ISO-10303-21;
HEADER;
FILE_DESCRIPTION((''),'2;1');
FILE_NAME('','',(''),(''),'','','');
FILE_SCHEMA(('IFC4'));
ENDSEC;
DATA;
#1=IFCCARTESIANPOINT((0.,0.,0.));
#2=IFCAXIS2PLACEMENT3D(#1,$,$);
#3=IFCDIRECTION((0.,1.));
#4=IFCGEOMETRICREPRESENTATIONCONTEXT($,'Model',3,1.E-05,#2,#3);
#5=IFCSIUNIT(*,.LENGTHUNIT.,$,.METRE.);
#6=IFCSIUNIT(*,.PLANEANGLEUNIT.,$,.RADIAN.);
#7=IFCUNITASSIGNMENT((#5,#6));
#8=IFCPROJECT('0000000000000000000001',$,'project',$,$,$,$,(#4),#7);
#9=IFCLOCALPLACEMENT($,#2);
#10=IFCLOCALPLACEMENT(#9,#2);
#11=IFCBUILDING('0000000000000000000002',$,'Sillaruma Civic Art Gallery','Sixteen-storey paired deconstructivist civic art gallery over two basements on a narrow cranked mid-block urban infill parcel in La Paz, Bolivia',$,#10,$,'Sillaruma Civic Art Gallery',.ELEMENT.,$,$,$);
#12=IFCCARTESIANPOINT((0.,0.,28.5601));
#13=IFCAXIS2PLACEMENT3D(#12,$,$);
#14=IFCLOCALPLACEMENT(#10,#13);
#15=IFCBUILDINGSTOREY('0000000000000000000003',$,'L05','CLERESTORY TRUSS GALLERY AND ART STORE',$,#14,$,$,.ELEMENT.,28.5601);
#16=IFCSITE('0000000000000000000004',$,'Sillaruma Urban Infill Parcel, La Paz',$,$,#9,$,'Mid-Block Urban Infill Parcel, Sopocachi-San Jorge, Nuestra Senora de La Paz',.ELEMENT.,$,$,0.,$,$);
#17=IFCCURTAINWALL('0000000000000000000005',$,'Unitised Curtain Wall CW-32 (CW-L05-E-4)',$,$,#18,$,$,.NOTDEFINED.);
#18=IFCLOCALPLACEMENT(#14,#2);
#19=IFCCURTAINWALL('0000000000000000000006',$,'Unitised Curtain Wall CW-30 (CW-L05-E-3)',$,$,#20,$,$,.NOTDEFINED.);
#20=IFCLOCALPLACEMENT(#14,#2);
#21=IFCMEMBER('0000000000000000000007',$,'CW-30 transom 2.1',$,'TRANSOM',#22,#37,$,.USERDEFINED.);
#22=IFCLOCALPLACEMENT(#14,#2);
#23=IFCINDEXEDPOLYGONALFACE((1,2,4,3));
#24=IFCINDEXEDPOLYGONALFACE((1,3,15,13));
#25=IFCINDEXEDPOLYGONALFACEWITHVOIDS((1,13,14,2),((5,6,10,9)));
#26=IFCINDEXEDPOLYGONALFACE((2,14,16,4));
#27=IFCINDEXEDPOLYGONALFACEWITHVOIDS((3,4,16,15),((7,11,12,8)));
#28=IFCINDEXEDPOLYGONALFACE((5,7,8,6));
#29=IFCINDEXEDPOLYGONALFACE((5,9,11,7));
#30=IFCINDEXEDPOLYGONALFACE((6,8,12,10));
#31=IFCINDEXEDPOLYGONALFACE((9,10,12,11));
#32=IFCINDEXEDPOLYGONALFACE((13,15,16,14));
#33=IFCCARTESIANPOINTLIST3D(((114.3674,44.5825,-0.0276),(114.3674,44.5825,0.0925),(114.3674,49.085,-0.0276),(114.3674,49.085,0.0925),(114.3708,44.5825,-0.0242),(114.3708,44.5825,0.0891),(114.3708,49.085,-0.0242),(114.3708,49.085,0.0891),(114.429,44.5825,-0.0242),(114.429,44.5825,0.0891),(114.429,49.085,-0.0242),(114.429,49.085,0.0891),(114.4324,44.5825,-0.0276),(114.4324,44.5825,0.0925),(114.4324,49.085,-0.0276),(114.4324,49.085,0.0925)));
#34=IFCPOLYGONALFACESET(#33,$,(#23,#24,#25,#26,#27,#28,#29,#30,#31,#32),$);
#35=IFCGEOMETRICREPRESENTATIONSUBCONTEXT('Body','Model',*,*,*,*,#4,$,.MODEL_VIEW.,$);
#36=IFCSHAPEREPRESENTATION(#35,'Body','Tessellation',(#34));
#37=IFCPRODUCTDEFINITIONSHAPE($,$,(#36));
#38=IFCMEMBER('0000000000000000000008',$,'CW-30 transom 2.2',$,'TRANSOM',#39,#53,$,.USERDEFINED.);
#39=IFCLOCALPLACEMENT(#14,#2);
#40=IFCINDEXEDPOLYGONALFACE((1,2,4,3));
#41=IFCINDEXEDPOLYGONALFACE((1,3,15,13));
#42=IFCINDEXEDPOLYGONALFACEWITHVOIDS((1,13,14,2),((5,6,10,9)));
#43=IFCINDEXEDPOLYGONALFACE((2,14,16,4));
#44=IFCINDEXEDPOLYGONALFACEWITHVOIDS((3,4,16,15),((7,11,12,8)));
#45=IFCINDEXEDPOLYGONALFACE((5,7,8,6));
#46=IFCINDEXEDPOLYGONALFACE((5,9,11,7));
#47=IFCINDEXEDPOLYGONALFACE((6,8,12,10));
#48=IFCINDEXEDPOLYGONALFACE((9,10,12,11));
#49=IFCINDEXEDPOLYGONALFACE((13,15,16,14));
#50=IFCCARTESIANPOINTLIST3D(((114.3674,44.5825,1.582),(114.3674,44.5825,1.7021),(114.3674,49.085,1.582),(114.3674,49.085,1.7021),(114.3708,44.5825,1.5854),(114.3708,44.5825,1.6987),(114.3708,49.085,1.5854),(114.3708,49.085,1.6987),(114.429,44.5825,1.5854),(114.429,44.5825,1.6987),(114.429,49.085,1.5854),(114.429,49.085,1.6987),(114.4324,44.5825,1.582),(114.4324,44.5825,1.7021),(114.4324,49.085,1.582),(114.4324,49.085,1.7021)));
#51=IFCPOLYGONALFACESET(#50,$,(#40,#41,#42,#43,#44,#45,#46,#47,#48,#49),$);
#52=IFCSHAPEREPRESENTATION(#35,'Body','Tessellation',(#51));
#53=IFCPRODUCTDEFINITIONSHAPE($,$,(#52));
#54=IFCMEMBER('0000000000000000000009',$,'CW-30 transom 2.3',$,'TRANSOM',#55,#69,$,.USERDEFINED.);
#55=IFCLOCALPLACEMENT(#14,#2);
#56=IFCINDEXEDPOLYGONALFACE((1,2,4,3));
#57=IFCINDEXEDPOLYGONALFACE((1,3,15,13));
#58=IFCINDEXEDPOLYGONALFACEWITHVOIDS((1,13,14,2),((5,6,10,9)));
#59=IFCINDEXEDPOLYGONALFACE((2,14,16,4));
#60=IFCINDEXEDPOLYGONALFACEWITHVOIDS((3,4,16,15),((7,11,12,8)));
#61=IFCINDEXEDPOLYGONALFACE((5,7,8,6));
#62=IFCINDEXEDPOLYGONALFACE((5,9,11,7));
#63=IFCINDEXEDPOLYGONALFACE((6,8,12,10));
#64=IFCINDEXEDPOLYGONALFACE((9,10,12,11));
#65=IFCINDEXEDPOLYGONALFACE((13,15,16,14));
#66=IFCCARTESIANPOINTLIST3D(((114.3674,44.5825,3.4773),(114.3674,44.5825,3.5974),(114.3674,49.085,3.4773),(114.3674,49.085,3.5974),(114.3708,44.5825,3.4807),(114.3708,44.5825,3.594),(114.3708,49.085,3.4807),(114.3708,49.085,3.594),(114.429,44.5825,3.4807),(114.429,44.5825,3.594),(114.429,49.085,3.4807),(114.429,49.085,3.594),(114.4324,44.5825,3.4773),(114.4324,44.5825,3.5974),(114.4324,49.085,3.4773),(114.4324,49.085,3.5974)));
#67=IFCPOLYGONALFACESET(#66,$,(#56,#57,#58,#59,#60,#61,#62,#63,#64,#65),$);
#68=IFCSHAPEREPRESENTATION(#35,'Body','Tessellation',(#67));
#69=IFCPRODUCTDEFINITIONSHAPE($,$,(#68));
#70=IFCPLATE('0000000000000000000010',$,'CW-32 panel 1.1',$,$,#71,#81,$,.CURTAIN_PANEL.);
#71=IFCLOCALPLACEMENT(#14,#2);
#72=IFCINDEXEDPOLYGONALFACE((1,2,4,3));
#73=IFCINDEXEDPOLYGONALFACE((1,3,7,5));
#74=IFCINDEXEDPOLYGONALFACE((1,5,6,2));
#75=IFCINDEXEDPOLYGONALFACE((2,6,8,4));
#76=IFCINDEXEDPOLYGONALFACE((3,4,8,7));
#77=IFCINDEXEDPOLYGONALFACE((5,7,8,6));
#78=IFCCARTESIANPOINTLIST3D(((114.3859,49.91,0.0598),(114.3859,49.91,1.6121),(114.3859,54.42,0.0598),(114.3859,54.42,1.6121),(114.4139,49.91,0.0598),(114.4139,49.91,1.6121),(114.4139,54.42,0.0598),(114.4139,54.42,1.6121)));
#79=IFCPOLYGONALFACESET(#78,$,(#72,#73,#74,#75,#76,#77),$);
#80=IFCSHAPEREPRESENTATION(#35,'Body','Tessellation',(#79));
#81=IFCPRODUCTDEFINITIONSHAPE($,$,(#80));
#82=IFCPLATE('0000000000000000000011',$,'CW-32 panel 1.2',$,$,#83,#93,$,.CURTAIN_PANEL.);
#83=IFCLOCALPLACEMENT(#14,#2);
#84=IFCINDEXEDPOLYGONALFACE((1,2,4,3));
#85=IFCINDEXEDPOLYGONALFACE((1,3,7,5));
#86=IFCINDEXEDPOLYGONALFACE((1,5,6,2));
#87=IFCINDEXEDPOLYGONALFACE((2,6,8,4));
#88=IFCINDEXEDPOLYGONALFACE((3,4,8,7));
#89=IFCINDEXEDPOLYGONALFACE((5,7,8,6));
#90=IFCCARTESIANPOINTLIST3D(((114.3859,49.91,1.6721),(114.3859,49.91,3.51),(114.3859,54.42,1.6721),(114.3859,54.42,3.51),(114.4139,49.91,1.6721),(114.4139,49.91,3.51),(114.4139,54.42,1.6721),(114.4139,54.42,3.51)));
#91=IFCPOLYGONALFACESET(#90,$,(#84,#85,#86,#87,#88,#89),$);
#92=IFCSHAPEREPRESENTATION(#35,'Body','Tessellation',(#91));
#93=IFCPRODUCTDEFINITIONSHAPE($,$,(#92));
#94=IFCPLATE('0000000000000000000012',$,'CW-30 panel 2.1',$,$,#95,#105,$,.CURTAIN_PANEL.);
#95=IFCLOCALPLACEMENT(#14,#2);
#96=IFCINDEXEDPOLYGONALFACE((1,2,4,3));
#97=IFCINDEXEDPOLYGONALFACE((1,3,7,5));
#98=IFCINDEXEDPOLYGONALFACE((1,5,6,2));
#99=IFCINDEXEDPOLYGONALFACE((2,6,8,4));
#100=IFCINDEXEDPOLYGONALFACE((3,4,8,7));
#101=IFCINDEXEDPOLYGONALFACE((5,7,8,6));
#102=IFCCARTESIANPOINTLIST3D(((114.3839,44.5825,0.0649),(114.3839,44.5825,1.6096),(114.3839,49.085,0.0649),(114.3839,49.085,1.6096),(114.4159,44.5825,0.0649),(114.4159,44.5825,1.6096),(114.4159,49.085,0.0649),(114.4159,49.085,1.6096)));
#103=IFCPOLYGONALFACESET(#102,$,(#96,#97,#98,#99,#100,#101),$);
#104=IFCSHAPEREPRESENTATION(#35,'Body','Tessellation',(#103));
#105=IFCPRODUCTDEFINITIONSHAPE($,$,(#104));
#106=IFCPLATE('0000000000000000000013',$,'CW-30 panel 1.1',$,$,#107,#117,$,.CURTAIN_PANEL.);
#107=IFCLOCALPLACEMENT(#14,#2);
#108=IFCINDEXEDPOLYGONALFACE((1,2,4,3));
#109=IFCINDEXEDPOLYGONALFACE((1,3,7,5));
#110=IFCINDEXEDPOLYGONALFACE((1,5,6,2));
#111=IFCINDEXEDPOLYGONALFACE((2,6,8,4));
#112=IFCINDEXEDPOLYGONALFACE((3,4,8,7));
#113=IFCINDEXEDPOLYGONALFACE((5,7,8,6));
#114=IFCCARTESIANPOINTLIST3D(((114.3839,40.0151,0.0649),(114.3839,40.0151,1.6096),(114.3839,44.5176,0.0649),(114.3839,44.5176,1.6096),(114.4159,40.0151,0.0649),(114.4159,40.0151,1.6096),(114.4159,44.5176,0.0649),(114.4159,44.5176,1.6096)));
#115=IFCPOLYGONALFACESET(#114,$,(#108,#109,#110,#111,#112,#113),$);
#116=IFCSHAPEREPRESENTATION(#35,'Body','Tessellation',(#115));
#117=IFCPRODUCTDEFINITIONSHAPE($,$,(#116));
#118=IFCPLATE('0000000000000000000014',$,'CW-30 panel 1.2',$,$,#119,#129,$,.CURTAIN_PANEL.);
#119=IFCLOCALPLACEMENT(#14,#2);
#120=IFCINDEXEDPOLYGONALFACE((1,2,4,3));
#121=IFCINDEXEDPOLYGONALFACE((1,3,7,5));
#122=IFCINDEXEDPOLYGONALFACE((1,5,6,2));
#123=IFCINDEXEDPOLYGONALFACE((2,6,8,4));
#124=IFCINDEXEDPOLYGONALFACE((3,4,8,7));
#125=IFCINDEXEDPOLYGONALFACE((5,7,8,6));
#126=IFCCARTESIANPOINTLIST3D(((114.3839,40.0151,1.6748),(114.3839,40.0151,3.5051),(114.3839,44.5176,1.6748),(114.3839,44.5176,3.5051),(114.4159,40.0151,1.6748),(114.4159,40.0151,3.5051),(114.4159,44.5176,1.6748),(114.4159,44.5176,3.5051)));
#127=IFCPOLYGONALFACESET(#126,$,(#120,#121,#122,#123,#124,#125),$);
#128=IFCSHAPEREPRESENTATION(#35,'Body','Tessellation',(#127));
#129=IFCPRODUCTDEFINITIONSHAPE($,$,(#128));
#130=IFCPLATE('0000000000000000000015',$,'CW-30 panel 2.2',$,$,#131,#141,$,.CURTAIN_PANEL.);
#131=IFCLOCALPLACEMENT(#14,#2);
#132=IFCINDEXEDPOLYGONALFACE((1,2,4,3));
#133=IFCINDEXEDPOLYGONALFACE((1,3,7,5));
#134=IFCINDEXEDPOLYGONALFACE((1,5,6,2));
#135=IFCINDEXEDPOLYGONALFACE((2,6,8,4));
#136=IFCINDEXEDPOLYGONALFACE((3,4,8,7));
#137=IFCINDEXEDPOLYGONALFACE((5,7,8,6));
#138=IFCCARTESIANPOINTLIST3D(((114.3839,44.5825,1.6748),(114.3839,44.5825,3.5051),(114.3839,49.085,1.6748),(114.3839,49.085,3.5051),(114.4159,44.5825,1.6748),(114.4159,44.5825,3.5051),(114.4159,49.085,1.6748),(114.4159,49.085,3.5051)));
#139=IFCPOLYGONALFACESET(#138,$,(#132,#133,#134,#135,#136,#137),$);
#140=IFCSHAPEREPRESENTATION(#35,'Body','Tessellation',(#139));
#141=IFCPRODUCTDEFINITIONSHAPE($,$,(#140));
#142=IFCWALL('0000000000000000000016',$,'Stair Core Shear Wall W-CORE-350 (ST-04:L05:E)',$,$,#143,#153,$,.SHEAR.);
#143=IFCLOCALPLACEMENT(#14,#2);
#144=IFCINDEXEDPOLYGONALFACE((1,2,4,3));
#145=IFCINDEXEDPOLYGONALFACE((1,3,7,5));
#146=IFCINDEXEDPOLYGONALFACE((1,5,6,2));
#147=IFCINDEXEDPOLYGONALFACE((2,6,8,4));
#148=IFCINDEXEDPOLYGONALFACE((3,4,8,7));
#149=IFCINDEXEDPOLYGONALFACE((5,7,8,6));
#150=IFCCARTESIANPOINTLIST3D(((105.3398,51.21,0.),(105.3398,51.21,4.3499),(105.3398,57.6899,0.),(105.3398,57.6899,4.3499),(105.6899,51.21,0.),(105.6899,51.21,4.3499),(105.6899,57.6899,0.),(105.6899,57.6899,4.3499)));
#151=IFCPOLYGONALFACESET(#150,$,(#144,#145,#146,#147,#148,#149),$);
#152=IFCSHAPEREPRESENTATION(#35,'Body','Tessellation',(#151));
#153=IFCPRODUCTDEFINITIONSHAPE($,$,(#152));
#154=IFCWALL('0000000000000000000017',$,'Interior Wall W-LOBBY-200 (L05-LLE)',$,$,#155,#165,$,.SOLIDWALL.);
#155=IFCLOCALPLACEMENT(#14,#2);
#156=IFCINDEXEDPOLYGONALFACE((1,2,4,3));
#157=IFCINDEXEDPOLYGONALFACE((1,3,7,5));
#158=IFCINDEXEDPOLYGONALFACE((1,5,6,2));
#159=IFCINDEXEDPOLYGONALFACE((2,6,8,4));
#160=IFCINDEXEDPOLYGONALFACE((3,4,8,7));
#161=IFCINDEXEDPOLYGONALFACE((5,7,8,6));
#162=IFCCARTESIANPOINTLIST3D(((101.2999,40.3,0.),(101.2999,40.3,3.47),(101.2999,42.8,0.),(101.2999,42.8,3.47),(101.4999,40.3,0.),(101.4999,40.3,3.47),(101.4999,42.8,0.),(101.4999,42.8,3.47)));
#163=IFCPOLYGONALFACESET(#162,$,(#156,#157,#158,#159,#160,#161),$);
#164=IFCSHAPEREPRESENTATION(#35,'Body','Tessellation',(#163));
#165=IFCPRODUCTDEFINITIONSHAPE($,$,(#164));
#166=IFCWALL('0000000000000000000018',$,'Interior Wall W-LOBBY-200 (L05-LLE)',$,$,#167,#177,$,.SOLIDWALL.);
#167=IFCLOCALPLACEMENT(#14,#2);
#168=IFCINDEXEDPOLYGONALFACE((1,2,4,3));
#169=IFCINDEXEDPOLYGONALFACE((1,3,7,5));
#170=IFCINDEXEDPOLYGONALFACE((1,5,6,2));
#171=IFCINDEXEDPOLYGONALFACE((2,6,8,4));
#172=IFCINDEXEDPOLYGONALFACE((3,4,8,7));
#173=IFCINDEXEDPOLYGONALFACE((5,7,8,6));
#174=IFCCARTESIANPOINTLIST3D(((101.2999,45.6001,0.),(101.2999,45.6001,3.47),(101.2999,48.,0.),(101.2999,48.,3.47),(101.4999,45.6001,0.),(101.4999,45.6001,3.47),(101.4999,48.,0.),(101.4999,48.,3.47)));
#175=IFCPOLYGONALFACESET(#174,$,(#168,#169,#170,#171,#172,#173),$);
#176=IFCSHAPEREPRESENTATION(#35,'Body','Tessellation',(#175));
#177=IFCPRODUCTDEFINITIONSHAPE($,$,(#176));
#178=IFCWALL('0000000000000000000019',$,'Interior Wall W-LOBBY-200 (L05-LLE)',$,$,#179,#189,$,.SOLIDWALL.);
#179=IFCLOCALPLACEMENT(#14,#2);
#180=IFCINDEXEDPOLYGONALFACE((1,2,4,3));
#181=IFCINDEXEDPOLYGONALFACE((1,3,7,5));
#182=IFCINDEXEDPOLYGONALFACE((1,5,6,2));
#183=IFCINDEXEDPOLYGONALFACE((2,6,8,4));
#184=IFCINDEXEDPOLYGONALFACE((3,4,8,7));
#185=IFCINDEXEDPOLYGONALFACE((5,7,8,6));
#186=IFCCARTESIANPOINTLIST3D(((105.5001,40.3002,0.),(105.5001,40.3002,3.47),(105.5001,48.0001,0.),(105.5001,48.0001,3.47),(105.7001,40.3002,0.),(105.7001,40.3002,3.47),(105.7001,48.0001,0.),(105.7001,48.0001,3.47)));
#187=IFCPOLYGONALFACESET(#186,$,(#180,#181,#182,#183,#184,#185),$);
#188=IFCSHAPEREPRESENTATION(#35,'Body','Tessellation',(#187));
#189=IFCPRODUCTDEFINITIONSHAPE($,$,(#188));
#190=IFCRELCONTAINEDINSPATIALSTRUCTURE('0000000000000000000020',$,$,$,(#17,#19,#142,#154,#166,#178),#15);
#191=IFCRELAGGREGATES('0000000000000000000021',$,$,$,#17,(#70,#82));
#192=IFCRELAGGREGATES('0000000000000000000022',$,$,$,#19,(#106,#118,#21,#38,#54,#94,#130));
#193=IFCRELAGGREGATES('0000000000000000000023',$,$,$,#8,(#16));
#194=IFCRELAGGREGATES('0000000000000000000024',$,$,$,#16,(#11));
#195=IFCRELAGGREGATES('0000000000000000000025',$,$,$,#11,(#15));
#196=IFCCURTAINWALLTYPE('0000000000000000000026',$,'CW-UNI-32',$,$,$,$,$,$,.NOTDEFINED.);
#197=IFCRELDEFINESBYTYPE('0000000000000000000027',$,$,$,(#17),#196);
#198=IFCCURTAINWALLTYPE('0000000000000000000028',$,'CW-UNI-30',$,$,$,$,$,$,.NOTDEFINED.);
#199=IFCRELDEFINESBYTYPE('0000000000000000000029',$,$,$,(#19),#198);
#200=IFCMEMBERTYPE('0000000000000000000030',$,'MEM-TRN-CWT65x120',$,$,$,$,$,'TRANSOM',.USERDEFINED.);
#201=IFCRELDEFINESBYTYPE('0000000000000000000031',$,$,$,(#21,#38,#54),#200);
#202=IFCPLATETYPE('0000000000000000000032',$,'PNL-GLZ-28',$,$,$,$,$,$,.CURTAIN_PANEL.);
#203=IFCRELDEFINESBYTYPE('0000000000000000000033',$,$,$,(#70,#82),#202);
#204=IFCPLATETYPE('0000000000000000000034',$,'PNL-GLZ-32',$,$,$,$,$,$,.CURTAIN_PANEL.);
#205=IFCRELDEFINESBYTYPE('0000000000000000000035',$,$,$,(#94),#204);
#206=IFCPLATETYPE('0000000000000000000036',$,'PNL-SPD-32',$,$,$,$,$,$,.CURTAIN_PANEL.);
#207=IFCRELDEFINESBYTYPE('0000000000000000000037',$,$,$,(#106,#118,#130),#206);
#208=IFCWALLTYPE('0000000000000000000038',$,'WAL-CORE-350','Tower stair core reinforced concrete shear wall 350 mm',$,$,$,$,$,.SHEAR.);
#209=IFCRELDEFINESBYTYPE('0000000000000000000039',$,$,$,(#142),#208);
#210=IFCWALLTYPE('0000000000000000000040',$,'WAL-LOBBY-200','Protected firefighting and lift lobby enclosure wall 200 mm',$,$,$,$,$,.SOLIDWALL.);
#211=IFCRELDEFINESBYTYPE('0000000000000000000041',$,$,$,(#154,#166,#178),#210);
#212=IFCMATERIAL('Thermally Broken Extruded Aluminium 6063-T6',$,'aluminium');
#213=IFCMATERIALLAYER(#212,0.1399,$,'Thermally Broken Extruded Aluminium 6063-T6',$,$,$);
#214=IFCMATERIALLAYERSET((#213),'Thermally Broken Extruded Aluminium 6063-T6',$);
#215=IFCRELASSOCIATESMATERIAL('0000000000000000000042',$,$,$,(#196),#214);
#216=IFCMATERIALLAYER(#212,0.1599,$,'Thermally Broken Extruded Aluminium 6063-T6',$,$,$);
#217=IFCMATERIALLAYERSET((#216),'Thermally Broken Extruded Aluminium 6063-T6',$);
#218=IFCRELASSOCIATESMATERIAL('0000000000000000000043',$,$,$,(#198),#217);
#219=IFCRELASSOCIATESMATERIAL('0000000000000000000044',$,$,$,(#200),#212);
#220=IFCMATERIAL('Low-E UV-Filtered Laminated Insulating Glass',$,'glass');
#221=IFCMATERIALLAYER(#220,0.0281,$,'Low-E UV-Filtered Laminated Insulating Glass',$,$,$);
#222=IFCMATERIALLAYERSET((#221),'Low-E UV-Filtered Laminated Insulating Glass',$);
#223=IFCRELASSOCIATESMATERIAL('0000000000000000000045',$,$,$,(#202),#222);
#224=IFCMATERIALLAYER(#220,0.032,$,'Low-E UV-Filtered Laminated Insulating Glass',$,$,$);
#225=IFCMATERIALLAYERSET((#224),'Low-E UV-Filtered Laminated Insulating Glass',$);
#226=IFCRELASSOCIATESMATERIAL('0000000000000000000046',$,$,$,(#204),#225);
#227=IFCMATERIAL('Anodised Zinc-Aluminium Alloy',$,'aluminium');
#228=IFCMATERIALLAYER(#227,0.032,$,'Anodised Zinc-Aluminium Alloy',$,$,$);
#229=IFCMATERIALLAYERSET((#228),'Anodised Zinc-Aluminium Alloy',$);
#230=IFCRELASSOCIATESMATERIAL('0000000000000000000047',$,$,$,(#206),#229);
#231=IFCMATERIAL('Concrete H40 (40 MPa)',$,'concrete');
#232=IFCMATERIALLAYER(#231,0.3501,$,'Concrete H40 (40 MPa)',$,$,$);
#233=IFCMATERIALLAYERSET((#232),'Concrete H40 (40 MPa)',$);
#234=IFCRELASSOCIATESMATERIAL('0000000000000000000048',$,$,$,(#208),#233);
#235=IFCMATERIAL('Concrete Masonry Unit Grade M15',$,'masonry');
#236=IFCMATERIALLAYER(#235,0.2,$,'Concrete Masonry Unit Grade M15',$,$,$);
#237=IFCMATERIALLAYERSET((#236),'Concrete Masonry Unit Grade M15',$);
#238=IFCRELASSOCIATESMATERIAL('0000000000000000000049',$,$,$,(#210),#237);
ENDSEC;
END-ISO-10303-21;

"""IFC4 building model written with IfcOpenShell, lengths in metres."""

from ifc_helpers import new_model, si_unit, direction, frame, frame_2d, origin, origin_2d, place, context, subcontext, project, spatial, rectangle, hollow_rectangle, extrude, material, layer, layer_set, material_profile, profile_set, type_object, element, aggregate, save


model = new_model("IFC4")

# Units and contexts
model_context = context("Model", 3, precision=1e-05, world=origin(), true_north=direction((0.0, 1.0)))
body_context = subcontext(model_context, "Body", "Model", "MODEL_VIEW")
ifc_project = project(units=[si_unit("LENGTHUNIT", "METRE"), si_unit("PLANEANGLEUNIT", "RADIAN")], contexts=[model_context])

# Site, building, storey
site_placement = place(None, origin())
site = spatial("IfcSite", under=ifc_project, at=site_placement, Name="Sillaruma Urban Infill Parcel, La Paz", LongName="Mid-Block Urban Infill Parcel, Sopocachi-San Jorge, Nuestra Senora de La Paz", CompositionType="ELEMENT", RefElevation=0.0)
building_placement = place(site_placement, origin())
building = spatial("IfcBuilding", under=site, at=building_placement, Name="Sillaruma Civic Art Gallery", Description="Sixteen-storey paired deconstructivist civic art gallery over two basements on a narrow cranked mid-block urban infill parcel in La Paz, Bolivia", LongName="Sillaruma Civic Art Gallery", CompositionType="ELEMENT")
storey_placement = place(building_placement, frame((0.0, 0.0, 28.5601)))
storey = spatial("IfcBuildingStorey", under=building, at=storey_placement, Name="L05", Description="CLERESTORY TRUSS GALLERY AND ART STORE", CompositionType="ELEMENT", Elevation=28.5601)

# Shared definitions
ifc_material_1 = material(Name="Concrete H40 (40 MPa)", Category="concrete")

# Curtain wall
ifc_material_2 = material(Name="Thermally Broken Extruded Aluminium 6063-T6", Category="aluminium")
ifc_layer_1 = layer(ifc_material_2, 0.1399, Name="Thermally Broken Extruded Aluminium 6063-T6")
ifc_layer_set_1 = layer_set([ifc_layer_1], Name="Thermally Broken Extruded Aluminium 6063-T6")
curtain_wall_type_1 = type_object("IfcCurtainWallType", Name="CW-UNI-32", PredefinedType="NOTDEFINED", material=ifc_layer_set_1)
curtain_wall_1_placement = place(storey_placement, origin())
curtain_wall_1 = element("IfcCurtainWall", 1, at=curtain_wall_1_placement, inside=storey, type_object=curtain_wall_type_1, Name="Unitised Curtain Wall CW-32 (CW-L05-E-4)", PredefinedType="NOTDEFINED")

# Curtain wall
ifc_layer_2 = layer(ifc_material_2, 0.1599, Name="Thermally Broken Extruded Aluminium 6063-T6")
ifc_layer_set_2 = layer_set([ifc_layer_2], Name="Thermally Broken Extruded Aluminium 6063-T6")
curtain_wall_type_2 = type_object("IfcCurtainWallType", Name="CW-UNI-30", PredefinedType="NOTDEFINED", material=ifc_layer_set_2)
curtain_wall_2_placement = place(storey_placement, origin())
curtain_wall_2 = element("IfcCurtainWall", 2, at=curtain_wall_2_placement, inside=storey, type_object=curtain_wall_type_2, Name="Unitised Curtain Wall CW-30 (CW-L05-E-3)", PredefinedType="NOTDEFINED")

# Members
ifc_material_profile_1 = material_profile(ifc_material_2, hollow_rectangle(XDim=0.0649, YDim=0.1201, WallThickness=0.0034, at=origin_2d()), Name="CWT65x120")
ifc_profile_set_1 = profile_set([ifc_material_profile_1], Name="Thermally Broken Extruded Aluminium 6063-T6")
member_type_1 = type_object("IfcMemberType", Name="MEM-TRN-CWT65x120", ElementType="TRANSOM", PredefinedType="USERDEFINED", material=ifc_profile_set_1)
member_1_placement = place(storey_placement, frame((114.3999, 44.5825, 0.0325), z_axis=(0.0, 1.0, 0.0), x_axis=(-1.0, 0.0, 0.0)))
member_1 = element("IfcMember", 3, at=member_1_placement, type_object=member_type_1, Name="CW-30 transom 2.1", ObjectType="TRANSOM", PredefinedType="USERDEFINED", context=body_context, shape_type="SweptSolid", body=[
    extrude(hollow_rectangle(XDim=0.0649, YDim=0.1201, WallThickness=0.0034, at=origin_2d()), origin(), (0.0, 0.0, 1.0), 4.5024),
])
member_2_placement = place(storey_placement, frame((114.3999, 44.5825, 1.6421), z_axis=(0.0, 1.0, 0.0), x_axis=(-1.0, 0.0, 0.0)))
member_2 = element("IfcMember", 4, at=member_2_placement, type_object=member_type_1, Name="CW-30 transom 2.2", ObjectType="TRANSOM", PredefinedType="USERDEFINED", context=body_context, shape_type="SweptSolid", body=[
    extrude(hollow_rectangle(XDim=0.0649, YDim=0.1201, WallThickness=0.0034, at=origin_2d()), origin(), (0.0, 0.0, 1.0), 4.5024),
])
member_3_placement = place(storey_placement, frame((114.3999, 44.5825, 3.5374), z_axis=(0.0, 1.0, 0.0), x_axis=(-1.0, 0.0, 0.0)))
member_3 = element("IfcMember", 5, at=member_3_placement, type_object=member_type_1, Name="CW-30 transom 2.3", ObjectType="TRANSOM", PredefinedType="USERDEFINED", context=body_context, shape_type="SweptSolid", body=[
    extrude(hollow_rectangle(XDim=0.0649, YDim=0.1201, WallThickness=0.0034, at=origin_2d()), origin(), (0.0, 0.0, 1.0), 4.5024),
])

# Plates
ifc_material_3 = material(Name="Low-E UV-Filtered Laminated Insulating Glass", Category="glass")
ifc_layer_3 = layer(ifc_material_3, 0.0281, Name="Low-E UV-Filtered Laminated Insulating Glass")
ifc_layer_set_3 = layer_set([ifc_layer_3], Name="Low-E UV-Filtered Laminated Insulating Glass")
plate_type_1 = type_object("IfcPlateType", Name="PNL-GLZ-28", PredefinedType="CURTAIN_PANEL", material=ifc_layer_set_3)
plate_1_placement = place(storey_placement, frame((114.3999, 52.165, 0.0598), z_axis=(0.0, 0.0, 1.0), x_axis=(0.0, 1.0, 0.0)))
plate_1 = element("IfcPlate", 6, at=plate_1_placement, type_object=plate_type_1, Name="CW-32 panel 1.1", PredefinedType="CURTAIN_PANEL", context=body_context, shape_type="SweptSolid", body=[
    extrude(rectangle(XDim=4.51, YDim=0.0281, at=origin_2d()), origin(), (0.0, 0.0, 1.0), 1.5522),
])
plate_2_placement = place(storey_placement, frame((114.3999, 52.165, 1.6721), z_axis=(0.0, 0.0, 1.0), x_axis=(0.0, 1.0, 0.0)))
plate_2 = element("IfcPlate", 7, at=plate_2_placement, type_object=plate_type_1, Name="CW-32 panel 1.2", PredefinedType="CURTAIN_PANEL", context=body_context, shape_type="SweptSolid", body=[
    extrude(rectangle(XDim=4.51, YDim=0.0281, at=origin_2d()), origin(), (0.0, 0.0, 1.0), 1.8379),
])
aggregate(curtain_wall_1, [plate_1, plate_2])
ifc_layer_4 = layer(ifc_material_3, 0.032, Name="Low-E UV-Filtered Laminated Insulating Glass")
ifc_layer_set_4 = layer_set([ifc_layer_4], Name="Low-E UV-Filtered Laminated Insulating Glass")
plate_type_2 = type_object("IfcPlateType", Name="PNL-GLZ-32", PredefinedType="CURTAIN_PANEL", material=ifc_layer_set_4)
plate_3_placement = place(storey_placement, frame((114.3999, 46.8337, 0.0649), z_axis=(0.0, 0.0, 1.0), x_axis=(0.0, 1.0, 0.0)))
plate_3 = element("IfcPlate", 8, at=plate_3_placement, type_object=plate_type_2, Name="CW-30 panel 2.1", PredefinedType="CURTAIN_PANEL", context=body_context, shape_type="SweptSolid", body=[
    extrude(rectangle(XDim=4.5024, YDim=0.032, at=origin_2d()), origin(), (0.0, 0.0, 1.0), 1.5447),
])
ifc_material_4 = material(Name="Anodised Zinc-Aluminium Alloy", Category="aluminium")
ifc_layer_5 = layer(ifc_material_4, 0.032, Name="Anodised Zinc-Aluminium Alloy")
ifc_layer_set_5 = layer_set([ifc_layer_5], Name="Anodised Zinc-Aluminium Alloy")
plate_type_3 = type_object("IfcPlateType", Name="PNL-SPD-32", PredefinedType="CURTAIN_PANEL", material=ifc_layer_set_5)
plate_4_placement = place(storey_placement, frame((114.3999, 42.2664, 0.0649), z_axis=(0.0, 0.0, 1.0), x_axis=(0.0, 1.0, 0.0)))
plate_4 = element("IfcPlate", 9, at=plate_4_placement, type_object=plate_type_3, Name="CW-30 panel 1.1", PredefinedType="CURTAIN_PANEL", context=body_context, shape_type="SweptSolid", body=[
    extrude(rectangle(XDim=4.5024, YDim=0.032, at=origin_2d()), origin(), (0.0, 0.0, 1.0), 1.5447),
])
plate_5_placement = place(storey_placement, frame((114.3999, 42.2664, 1.6748), z_axis=(0.0, 0.0, 1.0), x_axis=(0.0, 1.0, 0.0)))
plate_5 = element("IfcPlate", 10, at=plate_5_placement, type_object=plate_type_3, Name="CW-30 panel 1.2", PredefinedType="CURTAIN_PANEL", context=body_context, shape_type="SweptSolid", body=[
    extrude(rectangle(XDim=4.5024, YDim=0.032, at=origin_2d()), origin(), (0.0, 0.0, 1.0), 1.8303),
])
plate_6_placement = place(storey_placement, frame((114.3999, 46.8337, 1.6748), z_axis=(0.0, 0.0, 1.0), x_axis=(0.0, 1.0, 0.0)))
plate_6 = element("IfcPlate", 11, at=plate_6_placement, type_object=plate_type_3, Name="CW-30 panel 2.2", PredefinedType="CURTAIN_PANEL", context=body_context, shape_type="SweptSolid", body=[
    extrude(rectangle(XDim=4.5024, YDim=0.032, at=origin_2d()), origin(), (0.0, 0.0, 1.0), 1.8303),
])
aggregate(curtain_wall_2, [plate_4, plate_5, member_1, member_2, member_3, plate_3, plate_6])

# Walls
ifc_layer_6 = layer(ifc_material_1, 0.3501, Name="Concrete H40 (40 MPa)")
ifc_layer_set_6 = layer_set([ifc_layer_6], Name="Concrete H40 (40 MPa)")
wall_type_1 = type_object("IfcWallType", Name="WAL-CORE-350", Description="Tower stair core reinforced concrete shear wall 350 mm", PredefinedType="SHEAR", material=ifc_layer_set_6)
wall_1_placement = place(storey_placement, frame((105.5149, 51.21, 0.0), z_axis=(0.0, 0.0, 1.0), x_axis=(0.0, 1.0, 0.0)))
element("IfcWall", 12, at=wall_1_placement, inside=storey, type_object=wall_type_1, Name="Stair Core Shear Wall W-CORE-350 (ST-04:L05:E)", PredefinedType="SHEAR", context=body_context, shape_type="SweptSolid", body=[
    extrude(rectangle(XDim=6.48, YDim=0.3501, at=frame_2d((3.24, 0.0))), origin(), (0.0, 0.0, 1.0), 4.3499),
])
ifc_material_5 = material(Name="Concrete Masonry Unit Grade M15", Category="masonry")
ifc_layer_7 = layer(ifc_material_5, 0.2, Name="Concrete Masonry Unit Grade M15")
ifc_layer_set_7 = layer_set([ifc_layer_7], Name="Concrete Masonry Unit Grade M15")
wall_type_2 = type_object("IfcWallType", Name="WAL-LOBBY-200", Description="Protected firefighting and lift lobby enclosure wall 200 mm", PredefinedType="SOLIDWALL", material=ifc_layer_set_7)
wall_2_placement = place(storey_placement, frame((101.3999, 40.3, 0.0), z_axis=(0.0, 0.0, 1.0), x_axis=(0.0, 1.0, 0.0)))
element("IfcWall", 13, at=wall_2_placement, inside=storey, type_object=wall_type_2, Name="Interior Wall W-LOBBY-200 (L05-LLE)", PredefinedType="SOLIDWALL", context=body_context, shape_type="SweptSolid", body=[
    extrude(rectangle(XDim=2.5, YDim=0.2, at=frame_2d((1.25, 0.0))), origin(), (0.0, 0.0, 1.0), 3.47),
])
wall_3_placement = place(storey_placement, frame((101.3999, 45.6001, 0.0), z_axis=(0.0, 0.0, 1.0), x_axis=(0.0, 1.0, 0.0)))
element("IfcWall", 14, at=wall_3_placement, inside=storey, type_object=wall_type_2, Name="Interior Wall W-LOBBY-200 (L05-LLE)", PredefinedType="SOLIDWALL", context=body_context, shape_type="SweptSolid", body=[
    extrude(rectangle(XDim=2.3999, YDim=0.2, at=frame_2d((1.2, 0.0))), origin(), (0.0, 0.0, 1.0), 3.47),
])
wall_4_placement = place(storey_placement, frame((105.6001, 40.3, 0.0), z_axis=(0.0, 0.0, 1.0), x_axis=(0.0, 1.0, 0.0)))
element("IfcWall", 15, at=wall_4_placement, inside=storey, type_object=wall_type_2, Name="Interior Wall W-LOBBY-200 (L05-LLE)", PredefinedType="SOLIDWALL", context=body_context, shape_type="SweptSolid", body=[
    extrude(rectangle(XDim=7.7, YDim=0.2, at=frame_2d((3.8501, 0.0))), origin(), (0.0, 0.0, 1.0), 3.47),
])

save(model, "model.ifc")
